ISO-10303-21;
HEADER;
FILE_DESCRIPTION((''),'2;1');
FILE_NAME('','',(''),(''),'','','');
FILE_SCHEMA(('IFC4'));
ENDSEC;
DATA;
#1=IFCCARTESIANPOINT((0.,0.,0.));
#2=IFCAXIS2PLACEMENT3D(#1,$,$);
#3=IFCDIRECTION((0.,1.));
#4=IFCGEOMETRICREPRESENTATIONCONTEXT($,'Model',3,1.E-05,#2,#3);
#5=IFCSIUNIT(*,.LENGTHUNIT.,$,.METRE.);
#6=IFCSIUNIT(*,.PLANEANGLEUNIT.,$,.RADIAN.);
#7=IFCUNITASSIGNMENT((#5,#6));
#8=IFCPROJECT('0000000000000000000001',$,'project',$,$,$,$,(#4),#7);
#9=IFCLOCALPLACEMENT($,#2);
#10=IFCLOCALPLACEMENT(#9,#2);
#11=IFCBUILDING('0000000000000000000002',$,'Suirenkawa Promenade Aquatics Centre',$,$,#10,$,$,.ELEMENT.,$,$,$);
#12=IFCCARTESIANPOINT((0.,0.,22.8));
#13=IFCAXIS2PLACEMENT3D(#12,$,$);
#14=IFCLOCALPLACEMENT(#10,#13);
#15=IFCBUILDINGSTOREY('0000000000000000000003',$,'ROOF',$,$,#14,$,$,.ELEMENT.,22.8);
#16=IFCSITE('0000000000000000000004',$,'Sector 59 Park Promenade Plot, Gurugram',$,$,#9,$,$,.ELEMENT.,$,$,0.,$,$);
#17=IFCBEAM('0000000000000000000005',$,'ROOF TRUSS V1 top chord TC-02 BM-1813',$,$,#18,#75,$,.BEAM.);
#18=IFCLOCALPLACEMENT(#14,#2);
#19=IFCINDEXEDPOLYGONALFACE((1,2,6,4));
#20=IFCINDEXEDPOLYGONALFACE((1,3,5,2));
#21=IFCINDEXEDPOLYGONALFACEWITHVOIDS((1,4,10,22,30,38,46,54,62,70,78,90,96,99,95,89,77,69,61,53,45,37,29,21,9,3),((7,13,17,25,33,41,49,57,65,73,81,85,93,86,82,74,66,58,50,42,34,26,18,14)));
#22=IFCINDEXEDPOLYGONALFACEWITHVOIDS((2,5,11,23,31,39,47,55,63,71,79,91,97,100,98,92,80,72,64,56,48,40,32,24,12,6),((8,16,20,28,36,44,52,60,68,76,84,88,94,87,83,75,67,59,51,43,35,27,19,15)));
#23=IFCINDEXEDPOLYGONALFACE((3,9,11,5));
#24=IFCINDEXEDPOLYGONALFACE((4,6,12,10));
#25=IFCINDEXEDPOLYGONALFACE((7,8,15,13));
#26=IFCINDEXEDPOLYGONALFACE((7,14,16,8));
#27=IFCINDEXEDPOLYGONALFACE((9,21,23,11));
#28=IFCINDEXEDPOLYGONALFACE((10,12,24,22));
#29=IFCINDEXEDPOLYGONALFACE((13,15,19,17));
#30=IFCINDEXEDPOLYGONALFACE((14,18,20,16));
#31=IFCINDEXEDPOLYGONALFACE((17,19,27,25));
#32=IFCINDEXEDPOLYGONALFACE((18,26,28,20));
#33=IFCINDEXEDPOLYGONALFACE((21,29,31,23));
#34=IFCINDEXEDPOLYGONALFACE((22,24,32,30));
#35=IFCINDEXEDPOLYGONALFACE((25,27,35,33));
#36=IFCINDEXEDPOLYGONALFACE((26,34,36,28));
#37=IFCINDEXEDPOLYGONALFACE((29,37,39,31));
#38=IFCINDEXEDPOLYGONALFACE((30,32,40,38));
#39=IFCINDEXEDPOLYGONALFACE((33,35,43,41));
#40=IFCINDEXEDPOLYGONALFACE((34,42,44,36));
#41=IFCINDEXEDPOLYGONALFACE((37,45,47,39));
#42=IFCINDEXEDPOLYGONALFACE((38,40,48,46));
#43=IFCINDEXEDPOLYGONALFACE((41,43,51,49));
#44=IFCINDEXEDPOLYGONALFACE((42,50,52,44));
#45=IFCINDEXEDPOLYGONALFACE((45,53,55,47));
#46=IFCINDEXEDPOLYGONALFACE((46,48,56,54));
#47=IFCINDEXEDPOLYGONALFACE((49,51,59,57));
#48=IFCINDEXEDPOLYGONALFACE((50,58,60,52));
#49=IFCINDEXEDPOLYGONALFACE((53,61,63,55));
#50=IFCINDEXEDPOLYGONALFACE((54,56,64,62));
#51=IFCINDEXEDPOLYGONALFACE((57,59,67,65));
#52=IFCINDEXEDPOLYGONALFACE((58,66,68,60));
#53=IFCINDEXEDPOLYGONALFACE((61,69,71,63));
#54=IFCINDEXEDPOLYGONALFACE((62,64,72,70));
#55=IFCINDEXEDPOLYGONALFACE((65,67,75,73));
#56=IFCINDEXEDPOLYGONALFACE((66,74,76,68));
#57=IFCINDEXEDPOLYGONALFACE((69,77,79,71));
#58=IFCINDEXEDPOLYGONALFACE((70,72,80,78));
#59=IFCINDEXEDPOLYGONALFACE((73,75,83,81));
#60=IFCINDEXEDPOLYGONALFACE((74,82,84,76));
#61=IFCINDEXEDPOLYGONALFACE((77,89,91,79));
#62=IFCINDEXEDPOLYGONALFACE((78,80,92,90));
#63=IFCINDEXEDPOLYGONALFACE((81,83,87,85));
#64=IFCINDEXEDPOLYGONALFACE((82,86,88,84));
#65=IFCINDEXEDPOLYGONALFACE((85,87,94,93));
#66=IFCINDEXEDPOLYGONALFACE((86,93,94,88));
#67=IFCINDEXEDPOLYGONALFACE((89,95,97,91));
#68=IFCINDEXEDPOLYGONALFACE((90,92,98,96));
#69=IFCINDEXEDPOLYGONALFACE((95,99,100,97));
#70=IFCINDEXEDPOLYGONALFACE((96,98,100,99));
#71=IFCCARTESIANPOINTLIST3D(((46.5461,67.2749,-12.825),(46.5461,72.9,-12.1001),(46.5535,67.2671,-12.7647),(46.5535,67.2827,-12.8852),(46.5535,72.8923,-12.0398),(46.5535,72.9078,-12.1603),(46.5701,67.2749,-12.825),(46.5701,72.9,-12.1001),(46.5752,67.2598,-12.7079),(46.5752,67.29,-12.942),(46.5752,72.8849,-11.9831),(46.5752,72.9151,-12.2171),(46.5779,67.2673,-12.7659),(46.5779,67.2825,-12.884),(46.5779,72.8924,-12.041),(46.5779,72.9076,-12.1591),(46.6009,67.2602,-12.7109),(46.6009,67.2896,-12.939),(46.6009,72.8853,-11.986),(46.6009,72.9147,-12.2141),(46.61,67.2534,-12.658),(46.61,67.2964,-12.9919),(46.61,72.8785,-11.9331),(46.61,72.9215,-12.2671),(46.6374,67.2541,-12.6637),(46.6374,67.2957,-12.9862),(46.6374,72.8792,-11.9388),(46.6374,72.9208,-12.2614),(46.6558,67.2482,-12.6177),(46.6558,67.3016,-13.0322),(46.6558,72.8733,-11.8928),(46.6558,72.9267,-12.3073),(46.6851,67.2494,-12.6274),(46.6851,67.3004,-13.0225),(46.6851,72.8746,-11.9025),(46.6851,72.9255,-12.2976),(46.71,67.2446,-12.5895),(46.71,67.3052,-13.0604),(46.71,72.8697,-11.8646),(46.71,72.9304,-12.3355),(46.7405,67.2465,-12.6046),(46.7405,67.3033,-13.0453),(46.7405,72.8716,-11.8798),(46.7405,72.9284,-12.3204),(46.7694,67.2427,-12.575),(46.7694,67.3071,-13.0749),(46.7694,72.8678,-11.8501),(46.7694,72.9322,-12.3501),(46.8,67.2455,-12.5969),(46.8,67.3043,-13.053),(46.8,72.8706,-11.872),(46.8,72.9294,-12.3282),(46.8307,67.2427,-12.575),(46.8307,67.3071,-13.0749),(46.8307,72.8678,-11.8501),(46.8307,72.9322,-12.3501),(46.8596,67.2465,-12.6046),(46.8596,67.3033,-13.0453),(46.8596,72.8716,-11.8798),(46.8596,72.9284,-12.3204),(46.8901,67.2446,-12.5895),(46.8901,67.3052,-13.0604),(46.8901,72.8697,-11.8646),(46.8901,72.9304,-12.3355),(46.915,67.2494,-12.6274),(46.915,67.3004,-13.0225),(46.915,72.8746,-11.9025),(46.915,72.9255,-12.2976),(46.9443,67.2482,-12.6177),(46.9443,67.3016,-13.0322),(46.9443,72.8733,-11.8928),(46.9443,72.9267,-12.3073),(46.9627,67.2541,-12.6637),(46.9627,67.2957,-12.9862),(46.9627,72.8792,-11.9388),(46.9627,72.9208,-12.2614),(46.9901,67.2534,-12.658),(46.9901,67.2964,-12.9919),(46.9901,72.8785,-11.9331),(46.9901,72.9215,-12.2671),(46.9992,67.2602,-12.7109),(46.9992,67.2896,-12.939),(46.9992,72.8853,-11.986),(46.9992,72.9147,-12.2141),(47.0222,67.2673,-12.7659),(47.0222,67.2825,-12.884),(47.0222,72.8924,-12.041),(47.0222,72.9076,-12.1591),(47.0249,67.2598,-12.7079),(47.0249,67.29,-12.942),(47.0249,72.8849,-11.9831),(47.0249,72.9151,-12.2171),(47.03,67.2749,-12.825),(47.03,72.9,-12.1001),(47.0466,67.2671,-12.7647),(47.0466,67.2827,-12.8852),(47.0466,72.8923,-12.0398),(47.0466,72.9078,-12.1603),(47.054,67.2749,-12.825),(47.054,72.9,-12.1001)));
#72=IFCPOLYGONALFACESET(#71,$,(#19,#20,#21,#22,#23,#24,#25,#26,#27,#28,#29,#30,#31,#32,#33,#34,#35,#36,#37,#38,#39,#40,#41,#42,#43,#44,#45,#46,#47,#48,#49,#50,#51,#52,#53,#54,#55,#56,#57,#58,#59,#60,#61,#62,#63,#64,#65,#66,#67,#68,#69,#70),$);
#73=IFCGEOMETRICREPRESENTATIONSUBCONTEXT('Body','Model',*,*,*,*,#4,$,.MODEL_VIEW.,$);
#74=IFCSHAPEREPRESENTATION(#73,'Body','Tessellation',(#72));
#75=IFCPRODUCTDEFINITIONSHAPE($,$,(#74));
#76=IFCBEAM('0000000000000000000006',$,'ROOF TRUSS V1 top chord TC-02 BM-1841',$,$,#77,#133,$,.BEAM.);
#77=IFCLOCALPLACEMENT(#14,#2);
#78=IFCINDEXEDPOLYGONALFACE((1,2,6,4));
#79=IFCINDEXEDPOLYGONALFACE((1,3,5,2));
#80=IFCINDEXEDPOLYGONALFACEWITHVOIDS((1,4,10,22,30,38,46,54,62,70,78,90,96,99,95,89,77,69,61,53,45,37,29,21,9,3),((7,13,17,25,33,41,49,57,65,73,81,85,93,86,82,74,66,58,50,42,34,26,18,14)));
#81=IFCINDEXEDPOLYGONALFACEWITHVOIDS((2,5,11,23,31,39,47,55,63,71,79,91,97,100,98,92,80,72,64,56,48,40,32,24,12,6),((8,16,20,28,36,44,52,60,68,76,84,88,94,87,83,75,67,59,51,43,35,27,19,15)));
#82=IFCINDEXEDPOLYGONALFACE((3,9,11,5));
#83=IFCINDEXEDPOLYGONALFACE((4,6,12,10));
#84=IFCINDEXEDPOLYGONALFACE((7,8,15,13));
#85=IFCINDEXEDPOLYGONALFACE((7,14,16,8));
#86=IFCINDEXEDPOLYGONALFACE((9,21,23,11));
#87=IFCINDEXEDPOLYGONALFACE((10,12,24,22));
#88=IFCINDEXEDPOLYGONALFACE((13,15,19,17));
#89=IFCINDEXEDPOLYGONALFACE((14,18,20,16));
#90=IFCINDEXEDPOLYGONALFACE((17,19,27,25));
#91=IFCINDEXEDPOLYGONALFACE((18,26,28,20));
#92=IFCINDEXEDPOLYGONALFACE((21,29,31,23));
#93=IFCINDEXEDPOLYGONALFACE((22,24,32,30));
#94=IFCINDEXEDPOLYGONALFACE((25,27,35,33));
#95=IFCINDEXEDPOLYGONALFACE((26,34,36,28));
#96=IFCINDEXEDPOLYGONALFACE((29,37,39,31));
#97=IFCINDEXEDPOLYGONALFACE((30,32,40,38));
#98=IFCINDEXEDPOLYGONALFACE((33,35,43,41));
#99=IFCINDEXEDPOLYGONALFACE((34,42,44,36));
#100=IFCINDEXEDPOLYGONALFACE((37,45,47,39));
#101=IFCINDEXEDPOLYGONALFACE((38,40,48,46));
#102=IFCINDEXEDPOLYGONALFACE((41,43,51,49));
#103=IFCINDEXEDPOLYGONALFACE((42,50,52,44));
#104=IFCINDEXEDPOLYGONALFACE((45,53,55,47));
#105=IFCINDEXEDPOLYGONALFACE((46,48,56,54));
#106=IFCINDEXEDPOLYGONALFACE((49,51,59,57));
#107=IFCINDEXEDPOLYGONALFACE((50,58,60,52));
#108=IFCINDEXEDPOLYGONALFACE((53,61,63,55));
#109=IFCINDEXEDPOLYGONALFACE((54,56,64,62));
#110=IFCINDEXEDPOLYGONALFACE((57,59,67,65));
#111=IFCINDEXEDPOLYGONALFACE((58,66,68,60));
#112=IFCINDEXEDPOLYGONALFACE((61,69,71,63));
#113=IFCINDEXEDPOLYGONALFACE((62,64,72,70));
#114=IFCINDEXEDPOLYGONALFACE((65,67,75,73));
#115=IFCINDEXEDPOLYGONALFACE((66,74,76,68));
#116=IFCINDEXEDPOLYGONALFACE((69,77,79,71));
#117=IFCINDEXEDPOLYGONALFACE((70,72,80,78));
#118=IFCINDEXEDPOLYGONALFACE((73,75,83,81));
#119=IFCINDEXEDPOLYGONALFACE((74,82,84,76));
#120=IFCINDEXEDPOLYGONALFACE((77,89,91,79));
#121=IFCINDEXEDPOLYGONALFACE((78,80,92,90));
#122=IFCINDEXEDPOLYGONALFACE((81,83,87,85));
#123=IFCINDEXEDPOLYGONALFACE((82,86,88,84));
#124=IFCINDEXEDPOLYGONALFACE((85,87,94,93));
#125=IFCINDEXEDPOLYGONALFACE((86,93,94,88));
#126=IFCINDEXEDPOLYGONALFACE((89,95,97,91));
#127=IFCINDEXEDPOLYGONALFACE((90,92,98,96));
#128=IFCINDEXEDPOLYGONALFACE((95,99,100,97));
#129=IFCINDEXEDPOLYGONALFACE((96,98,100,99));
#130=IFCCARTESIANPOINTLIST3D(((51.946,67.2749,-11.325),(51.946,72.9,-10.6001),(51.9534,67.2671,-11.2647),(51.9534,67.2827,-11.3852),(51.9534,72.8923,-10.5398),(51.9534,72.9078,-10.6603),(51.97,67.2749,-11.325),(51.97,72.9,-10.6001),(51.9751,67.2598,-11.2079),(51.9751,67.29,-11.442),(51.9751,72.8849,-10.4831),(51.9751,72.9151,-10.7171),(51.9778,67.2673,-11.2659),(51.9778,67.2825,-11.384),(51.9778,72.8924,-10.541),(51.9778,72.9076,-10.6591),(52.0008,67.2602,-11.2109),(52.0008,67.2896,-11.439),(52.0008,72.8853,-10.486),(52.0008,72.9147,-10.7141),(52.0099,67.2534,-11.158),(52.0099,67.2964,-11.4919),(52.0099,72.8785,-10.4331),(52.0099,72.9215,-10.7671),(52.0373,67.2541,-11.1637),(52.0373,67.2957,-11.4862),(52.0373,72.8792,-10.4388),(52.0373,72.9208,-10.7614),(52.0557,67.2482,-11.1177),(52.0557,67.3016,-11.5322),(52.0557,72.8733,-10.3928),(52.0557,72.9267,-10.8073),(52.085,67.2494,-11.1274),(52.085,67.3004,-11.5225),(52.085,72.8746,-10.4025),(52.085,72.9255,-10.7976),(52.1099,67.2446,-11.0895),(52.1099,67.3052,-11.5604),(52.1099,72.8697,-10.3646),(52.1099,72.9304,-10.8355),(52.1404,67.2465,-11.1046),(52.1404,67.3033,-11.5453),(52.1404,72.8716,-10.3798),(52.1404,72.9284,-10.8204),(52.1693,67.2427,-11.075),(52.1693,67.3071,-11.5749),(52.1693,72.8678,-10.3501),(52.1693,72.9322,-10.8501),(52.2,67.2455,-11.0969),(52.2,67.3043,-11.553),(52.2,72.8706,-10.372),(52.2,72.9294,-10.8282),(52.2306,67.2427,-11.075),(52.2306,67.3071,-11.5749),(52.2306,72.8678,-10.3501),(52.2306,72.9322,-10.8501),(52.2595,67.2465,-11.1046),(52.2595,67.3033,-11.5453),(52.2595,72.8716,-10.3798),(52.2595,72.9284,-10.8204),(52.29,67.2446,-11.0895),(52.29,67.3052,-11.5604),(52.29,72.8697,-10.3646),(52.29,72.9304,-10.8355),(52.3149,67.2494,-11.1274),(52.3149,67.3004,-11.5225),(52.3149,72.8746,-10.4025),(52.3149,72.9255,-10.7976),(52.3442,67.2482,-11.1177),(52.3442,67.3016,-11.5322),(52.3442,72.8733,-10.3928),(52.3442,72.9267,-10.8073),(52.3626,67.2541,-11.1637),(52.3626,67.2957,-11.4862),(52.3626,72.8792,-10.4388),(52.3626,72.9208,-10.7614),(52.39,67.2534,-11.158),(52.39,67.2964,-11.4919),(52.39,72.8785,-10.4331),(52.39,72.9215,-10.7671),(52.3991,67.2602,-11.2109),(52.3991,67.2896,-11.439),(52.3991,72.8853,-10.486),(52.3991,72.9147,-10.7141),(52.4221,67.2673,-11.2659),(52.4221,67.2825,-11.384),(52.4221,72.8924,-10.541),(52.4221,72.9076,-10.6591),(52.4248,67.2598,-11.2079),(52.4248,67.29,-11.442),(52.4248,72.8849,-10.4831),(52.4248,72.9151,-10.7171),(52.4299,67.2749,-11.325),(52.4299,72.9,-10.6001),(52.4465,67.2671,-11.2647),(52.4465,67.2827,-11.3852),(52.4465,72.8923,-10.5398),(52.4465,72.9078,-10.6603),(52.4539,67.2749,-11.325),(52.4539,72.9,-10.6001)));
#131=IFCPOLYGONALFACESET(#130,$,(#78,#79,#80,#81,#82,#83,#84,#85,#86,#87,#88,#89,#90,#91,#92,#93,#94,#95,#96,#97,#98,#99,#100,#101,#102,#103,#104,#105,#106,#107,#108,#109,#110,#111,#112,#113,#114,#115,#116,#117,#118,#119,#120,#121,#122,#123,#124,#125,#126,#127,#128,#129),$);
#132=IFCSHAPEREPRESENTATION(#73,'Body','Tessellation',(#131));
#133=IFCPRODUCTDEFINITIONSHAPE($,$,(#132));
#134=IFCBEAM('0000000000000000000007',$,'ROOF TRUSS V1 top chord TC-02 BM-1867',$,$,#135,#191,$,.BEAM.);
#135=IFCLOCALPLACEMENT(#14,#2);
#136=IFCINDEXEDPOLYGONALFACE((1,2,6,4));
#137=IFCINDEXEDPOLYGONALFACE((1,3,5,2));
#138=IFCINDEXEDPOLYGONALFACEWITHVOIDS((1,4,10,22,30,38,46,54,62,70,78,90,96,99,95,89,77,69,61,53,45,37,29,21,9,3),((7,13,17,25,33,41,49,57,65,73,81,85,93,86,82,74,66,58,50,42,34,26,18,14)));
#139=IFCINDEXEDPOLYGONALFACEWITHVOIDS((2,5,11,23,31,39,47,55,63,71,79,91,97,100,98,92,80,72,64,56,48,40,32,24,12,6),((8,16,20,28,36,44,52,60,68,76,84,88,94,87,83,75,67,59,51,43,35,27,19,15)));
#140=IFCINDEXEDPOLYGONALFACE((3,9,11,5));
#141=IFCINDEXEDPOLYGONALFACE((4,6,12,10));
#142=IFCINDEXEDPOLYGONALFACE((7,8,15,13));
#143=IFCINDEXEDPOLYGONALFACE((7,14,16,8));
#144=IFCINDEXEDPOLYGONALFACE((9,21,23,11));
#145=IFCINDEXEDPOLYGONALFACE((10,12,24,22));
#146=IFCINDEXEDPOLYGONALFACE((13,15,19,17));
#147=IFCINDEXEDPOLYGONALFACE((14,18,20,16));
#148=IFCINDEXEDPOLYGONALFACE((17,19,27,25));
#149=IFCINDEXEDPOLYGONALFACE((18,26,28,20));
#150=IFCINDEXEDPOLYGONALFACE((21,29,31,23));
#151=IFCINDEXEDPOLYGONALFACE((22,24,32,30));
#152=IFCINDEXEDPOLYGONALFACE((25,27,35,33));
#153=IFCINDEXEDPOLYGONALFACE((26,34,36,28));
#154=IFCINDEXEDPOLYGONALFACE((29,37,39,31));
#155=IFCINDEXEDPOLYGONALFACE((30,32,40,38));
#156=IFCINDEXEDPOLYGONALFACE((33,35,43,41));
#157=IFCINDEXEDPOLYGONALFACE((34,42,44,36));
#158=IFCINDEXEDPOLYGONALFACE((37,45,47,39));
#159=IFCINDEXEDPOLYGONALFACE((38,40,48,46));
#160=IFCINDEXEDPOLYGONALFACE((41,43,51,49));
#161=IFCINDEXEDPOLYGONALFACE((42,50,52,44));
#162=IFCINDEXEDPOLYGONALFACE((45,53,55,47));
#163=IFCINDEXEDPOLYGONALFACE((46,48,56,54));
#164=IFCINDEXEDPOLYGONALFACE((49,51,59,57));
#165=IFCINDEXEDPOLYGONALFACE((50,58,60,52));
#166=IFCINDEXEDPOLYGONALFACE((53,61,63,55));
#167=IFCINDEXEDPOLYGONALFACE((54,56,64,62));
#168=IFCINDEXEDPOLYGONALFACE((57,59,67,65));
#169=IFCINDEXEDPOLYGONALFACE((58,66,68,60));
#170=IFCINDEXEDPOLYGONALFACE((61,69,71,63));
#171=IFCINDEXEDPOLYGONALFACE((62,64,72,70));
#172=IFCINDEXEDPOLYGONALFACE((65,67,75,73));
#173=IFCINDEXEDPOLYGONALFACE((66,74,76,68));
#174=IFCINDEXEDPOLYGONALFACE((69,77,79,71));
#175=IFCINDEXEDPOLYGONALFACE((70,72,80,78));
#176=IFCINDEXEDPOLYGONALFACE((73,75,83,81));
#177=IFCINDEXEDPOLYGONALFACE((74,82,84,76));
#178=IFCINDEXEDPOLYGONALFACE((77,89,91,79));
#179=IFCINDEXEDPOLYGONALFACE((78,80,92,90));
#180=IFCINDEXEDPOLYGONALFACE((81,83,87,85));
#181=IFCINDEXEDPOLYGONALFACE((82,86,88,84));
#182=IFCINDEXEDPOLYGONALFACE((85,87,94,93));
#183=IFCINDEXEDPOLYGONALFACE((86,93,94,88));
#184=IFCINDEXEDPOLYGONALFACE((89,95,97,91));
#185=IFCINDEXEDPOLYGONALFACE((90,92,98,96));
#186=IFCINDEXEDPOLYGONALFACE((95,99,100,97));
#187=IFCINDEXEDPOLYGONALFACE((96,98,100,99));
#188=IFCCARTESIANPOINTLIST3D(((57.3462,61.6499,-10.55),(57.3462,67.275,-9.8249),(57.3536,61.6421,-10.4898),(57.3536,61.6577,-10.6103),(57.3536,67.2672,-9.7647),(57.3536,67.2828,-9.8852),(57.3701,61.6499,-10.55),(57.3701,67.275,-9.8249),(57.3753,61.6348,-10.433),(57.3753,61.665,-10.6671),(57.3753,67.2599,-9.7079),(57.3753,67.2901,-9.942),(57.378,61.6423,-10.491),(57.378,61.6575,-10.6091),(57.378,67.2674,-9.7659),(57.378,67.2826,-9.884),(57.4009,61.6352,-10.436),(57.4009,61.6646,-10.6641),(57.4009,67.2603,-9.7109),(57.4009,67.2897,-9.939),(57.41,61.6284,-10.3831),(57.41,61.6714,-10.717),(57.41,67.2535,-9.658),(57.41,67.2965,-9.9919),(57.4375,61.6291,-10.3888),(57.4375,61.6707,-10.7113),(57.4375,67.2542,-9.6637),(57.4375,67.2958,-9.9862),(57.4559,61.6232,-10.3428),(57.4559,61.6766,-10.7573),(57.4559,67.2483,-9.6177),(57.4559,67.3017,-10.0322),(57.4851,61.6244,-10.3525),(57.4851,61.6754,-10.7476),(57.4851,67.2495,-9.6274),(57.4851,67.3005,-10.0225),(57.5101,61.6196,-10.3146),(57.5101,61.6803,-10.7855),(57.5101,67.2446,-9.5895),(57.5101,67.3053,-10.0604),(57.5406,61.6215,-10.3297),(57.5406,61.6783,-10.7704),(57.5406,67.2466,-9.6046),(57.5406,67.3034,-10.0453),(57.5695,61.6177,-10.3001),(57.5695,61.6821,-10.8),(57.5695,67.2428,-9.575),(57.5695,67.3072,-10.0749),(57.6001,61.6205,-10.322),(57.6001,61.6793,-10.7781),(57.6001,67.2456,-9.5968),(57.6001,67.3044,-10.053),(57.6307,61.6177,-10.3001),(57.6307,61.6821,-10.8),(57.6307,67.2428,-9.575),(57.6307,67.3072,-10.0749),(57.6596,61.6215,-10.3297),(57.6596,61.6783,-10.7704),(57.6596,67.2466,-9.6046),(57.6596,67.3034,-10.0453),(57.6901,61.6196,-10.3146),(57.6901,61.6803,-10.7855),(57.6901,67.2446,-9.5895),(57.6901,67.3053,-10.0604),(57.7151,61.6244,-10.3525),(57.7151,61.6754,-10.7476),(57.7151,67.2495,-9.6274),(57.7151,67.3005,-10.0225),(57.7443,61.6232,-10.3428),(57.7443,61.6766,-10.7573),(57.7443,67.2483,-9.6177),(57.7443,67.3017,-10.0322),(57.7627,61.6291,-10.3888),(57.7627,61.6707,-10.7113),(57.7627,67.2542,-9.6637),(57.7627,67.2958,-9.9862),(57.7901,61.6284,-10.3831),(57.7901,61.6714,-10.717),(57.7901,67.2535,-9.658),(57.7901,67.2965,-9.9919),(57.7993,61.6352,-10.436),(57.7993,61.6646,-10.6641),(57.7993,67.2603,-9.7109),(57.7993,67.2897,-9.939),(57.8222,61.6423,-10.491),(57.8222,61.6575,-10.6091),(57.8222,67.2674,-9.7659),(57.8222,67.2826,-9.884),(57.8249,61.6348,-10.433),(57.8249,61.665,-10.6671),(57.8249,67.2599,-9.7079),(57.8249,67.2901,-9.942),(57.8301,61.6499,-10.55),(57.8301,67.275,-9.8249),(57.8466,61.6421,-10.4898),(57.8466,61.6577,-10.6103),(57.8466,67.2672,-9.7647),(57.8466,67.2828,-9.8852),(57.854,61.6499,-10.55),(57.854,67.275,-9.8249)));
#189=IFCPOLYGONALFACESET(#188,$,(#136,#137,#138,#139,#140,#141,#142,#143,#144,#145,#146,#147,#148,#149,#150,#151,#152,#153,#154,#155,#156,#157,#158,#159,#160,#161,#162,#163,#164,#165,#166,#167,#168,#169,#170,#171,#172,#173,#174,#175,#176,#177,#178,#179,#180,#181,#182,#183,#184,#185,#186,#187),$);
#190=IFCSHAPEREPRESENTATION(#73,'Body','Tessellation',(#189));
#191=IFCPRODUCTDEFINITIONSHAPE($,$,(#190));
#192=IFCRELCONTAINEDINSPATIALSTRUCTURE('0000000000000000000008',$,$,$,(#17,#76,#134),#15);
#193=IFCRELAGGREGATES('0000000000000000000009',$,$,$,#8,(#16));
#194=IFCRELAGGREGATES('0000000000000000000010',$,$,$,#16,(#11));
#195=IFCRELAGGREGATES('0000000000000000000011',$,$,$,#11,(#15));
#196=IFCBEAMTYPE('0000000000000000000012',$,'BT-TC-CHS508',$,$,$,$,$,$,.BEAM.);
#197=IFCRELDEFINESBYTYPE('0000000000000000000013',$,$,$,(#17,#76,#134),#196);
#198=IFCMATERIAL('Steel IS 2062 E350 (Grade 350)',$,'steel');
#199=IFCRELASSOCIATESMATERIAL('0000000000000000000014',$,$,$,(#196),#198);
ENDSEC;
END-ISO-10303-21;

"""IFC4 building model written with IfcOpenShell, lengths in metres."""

from ifc_helpers import new_model, si_unit, direction, frame, origin, origin_2d, place, context, subcontext, project, spatial, hollow_circle, extrude, material, material_profile, profile_set, type_object, element, save


model = new_model("IFC4")

# Units and contexts
model_context = context("Model", 3, precision=1e-05, world=origin(), true_north=direction((0.0, 1.0)))
body_context = subcontext(model_context, "Body", "Model", "MODEL_VIEW")
ifc_project = project(units=[si_unit("LENGTHUNIT", "METRE"), si_unit("PLANEANGLEUNIT", "RADIAN")], contexts=[model_context])

# Site, building, storey
site_placement = place(None, origin())
site = spatial("IfcSite", under=ifc_project, at=site_placement, Name="Sector 59 Park Promenade Plot, Gurugram", CompositionType="ELEMENT", RefElevation=0.0)
building_placement = place(site_placement, origin())
building = spatial("IfcBuilding", under=site, at=building_placement, Name="Suirenkawa Promenade Aquatics Centre", CompositionType="ELEMENT")
storey_placement = place(building_placement, frame((0.0, 0.0, 22.8)))
storey = spatial("IfcBuildingStorey", under=building, at=storey_placement, Name="ROOF", CompositionType="ELEMENT", Elevation=22.8)

# Beams
ifc_material = material(Name="Steel IS 2062 E350 (Grade 350)", Category="steel")
ifc_material_profile_1 = material_profile(ifc_material, hollow_circle(Radius=0.2539, WallThickness=0.0239, at=origin_2d()), Name="CHS 508x24", Category="steel")
ifc_profile_set_1 = profile_set([ifc_material_profile_1], Name="Steel IS 2062 E350 (Grade 350)")
beam_type_1 = type_object("IfcBeamType", Name="BT-TC-CHS508", PredefinedType="BEAM", material=ifc_profile_set_1)
for number, where, z_axis, x_axis, name in (
    (1, (46.8, 67.2749, -12.825), (0.0, 0.991799, 0.127806), (-1.0, 0.0, 0.0), "ROOF TRUSS V1 top chord TC-02 BM-1813"),
    (2, (52.2, 67.2749, -11.325), (0.0, 0.991799, 0.127806), (-1.0, 0.0, 0.0), "ROOF TRUSS V1 top chord TC-02 BM-1841"),
    (3, (57.6001, 61.6499, -10.55), (0.0, 0.991794, 0.127848), (-1.0, 0.0, 0.0), "ROOF TRUSS V1 top chord TC-02 BM-1867"),
):
    element("IfcBeam", number, at=place(storey_placement, frame(where, z_axis=z_axis, x_axis=x_axis)), inside=storey, type_object=beam_type_1, Name=name, PredefinedType="BEAM", context=body_context, shape_type="SweptSolid", body=[
        extrude(hollow_circle(Radius=0.2539, WallThickness=0.0239, at=origin_2d()), origin(), (0.0, 0.0, 1.0), 5.6716),
    ])

save(model, "model.ifc")
